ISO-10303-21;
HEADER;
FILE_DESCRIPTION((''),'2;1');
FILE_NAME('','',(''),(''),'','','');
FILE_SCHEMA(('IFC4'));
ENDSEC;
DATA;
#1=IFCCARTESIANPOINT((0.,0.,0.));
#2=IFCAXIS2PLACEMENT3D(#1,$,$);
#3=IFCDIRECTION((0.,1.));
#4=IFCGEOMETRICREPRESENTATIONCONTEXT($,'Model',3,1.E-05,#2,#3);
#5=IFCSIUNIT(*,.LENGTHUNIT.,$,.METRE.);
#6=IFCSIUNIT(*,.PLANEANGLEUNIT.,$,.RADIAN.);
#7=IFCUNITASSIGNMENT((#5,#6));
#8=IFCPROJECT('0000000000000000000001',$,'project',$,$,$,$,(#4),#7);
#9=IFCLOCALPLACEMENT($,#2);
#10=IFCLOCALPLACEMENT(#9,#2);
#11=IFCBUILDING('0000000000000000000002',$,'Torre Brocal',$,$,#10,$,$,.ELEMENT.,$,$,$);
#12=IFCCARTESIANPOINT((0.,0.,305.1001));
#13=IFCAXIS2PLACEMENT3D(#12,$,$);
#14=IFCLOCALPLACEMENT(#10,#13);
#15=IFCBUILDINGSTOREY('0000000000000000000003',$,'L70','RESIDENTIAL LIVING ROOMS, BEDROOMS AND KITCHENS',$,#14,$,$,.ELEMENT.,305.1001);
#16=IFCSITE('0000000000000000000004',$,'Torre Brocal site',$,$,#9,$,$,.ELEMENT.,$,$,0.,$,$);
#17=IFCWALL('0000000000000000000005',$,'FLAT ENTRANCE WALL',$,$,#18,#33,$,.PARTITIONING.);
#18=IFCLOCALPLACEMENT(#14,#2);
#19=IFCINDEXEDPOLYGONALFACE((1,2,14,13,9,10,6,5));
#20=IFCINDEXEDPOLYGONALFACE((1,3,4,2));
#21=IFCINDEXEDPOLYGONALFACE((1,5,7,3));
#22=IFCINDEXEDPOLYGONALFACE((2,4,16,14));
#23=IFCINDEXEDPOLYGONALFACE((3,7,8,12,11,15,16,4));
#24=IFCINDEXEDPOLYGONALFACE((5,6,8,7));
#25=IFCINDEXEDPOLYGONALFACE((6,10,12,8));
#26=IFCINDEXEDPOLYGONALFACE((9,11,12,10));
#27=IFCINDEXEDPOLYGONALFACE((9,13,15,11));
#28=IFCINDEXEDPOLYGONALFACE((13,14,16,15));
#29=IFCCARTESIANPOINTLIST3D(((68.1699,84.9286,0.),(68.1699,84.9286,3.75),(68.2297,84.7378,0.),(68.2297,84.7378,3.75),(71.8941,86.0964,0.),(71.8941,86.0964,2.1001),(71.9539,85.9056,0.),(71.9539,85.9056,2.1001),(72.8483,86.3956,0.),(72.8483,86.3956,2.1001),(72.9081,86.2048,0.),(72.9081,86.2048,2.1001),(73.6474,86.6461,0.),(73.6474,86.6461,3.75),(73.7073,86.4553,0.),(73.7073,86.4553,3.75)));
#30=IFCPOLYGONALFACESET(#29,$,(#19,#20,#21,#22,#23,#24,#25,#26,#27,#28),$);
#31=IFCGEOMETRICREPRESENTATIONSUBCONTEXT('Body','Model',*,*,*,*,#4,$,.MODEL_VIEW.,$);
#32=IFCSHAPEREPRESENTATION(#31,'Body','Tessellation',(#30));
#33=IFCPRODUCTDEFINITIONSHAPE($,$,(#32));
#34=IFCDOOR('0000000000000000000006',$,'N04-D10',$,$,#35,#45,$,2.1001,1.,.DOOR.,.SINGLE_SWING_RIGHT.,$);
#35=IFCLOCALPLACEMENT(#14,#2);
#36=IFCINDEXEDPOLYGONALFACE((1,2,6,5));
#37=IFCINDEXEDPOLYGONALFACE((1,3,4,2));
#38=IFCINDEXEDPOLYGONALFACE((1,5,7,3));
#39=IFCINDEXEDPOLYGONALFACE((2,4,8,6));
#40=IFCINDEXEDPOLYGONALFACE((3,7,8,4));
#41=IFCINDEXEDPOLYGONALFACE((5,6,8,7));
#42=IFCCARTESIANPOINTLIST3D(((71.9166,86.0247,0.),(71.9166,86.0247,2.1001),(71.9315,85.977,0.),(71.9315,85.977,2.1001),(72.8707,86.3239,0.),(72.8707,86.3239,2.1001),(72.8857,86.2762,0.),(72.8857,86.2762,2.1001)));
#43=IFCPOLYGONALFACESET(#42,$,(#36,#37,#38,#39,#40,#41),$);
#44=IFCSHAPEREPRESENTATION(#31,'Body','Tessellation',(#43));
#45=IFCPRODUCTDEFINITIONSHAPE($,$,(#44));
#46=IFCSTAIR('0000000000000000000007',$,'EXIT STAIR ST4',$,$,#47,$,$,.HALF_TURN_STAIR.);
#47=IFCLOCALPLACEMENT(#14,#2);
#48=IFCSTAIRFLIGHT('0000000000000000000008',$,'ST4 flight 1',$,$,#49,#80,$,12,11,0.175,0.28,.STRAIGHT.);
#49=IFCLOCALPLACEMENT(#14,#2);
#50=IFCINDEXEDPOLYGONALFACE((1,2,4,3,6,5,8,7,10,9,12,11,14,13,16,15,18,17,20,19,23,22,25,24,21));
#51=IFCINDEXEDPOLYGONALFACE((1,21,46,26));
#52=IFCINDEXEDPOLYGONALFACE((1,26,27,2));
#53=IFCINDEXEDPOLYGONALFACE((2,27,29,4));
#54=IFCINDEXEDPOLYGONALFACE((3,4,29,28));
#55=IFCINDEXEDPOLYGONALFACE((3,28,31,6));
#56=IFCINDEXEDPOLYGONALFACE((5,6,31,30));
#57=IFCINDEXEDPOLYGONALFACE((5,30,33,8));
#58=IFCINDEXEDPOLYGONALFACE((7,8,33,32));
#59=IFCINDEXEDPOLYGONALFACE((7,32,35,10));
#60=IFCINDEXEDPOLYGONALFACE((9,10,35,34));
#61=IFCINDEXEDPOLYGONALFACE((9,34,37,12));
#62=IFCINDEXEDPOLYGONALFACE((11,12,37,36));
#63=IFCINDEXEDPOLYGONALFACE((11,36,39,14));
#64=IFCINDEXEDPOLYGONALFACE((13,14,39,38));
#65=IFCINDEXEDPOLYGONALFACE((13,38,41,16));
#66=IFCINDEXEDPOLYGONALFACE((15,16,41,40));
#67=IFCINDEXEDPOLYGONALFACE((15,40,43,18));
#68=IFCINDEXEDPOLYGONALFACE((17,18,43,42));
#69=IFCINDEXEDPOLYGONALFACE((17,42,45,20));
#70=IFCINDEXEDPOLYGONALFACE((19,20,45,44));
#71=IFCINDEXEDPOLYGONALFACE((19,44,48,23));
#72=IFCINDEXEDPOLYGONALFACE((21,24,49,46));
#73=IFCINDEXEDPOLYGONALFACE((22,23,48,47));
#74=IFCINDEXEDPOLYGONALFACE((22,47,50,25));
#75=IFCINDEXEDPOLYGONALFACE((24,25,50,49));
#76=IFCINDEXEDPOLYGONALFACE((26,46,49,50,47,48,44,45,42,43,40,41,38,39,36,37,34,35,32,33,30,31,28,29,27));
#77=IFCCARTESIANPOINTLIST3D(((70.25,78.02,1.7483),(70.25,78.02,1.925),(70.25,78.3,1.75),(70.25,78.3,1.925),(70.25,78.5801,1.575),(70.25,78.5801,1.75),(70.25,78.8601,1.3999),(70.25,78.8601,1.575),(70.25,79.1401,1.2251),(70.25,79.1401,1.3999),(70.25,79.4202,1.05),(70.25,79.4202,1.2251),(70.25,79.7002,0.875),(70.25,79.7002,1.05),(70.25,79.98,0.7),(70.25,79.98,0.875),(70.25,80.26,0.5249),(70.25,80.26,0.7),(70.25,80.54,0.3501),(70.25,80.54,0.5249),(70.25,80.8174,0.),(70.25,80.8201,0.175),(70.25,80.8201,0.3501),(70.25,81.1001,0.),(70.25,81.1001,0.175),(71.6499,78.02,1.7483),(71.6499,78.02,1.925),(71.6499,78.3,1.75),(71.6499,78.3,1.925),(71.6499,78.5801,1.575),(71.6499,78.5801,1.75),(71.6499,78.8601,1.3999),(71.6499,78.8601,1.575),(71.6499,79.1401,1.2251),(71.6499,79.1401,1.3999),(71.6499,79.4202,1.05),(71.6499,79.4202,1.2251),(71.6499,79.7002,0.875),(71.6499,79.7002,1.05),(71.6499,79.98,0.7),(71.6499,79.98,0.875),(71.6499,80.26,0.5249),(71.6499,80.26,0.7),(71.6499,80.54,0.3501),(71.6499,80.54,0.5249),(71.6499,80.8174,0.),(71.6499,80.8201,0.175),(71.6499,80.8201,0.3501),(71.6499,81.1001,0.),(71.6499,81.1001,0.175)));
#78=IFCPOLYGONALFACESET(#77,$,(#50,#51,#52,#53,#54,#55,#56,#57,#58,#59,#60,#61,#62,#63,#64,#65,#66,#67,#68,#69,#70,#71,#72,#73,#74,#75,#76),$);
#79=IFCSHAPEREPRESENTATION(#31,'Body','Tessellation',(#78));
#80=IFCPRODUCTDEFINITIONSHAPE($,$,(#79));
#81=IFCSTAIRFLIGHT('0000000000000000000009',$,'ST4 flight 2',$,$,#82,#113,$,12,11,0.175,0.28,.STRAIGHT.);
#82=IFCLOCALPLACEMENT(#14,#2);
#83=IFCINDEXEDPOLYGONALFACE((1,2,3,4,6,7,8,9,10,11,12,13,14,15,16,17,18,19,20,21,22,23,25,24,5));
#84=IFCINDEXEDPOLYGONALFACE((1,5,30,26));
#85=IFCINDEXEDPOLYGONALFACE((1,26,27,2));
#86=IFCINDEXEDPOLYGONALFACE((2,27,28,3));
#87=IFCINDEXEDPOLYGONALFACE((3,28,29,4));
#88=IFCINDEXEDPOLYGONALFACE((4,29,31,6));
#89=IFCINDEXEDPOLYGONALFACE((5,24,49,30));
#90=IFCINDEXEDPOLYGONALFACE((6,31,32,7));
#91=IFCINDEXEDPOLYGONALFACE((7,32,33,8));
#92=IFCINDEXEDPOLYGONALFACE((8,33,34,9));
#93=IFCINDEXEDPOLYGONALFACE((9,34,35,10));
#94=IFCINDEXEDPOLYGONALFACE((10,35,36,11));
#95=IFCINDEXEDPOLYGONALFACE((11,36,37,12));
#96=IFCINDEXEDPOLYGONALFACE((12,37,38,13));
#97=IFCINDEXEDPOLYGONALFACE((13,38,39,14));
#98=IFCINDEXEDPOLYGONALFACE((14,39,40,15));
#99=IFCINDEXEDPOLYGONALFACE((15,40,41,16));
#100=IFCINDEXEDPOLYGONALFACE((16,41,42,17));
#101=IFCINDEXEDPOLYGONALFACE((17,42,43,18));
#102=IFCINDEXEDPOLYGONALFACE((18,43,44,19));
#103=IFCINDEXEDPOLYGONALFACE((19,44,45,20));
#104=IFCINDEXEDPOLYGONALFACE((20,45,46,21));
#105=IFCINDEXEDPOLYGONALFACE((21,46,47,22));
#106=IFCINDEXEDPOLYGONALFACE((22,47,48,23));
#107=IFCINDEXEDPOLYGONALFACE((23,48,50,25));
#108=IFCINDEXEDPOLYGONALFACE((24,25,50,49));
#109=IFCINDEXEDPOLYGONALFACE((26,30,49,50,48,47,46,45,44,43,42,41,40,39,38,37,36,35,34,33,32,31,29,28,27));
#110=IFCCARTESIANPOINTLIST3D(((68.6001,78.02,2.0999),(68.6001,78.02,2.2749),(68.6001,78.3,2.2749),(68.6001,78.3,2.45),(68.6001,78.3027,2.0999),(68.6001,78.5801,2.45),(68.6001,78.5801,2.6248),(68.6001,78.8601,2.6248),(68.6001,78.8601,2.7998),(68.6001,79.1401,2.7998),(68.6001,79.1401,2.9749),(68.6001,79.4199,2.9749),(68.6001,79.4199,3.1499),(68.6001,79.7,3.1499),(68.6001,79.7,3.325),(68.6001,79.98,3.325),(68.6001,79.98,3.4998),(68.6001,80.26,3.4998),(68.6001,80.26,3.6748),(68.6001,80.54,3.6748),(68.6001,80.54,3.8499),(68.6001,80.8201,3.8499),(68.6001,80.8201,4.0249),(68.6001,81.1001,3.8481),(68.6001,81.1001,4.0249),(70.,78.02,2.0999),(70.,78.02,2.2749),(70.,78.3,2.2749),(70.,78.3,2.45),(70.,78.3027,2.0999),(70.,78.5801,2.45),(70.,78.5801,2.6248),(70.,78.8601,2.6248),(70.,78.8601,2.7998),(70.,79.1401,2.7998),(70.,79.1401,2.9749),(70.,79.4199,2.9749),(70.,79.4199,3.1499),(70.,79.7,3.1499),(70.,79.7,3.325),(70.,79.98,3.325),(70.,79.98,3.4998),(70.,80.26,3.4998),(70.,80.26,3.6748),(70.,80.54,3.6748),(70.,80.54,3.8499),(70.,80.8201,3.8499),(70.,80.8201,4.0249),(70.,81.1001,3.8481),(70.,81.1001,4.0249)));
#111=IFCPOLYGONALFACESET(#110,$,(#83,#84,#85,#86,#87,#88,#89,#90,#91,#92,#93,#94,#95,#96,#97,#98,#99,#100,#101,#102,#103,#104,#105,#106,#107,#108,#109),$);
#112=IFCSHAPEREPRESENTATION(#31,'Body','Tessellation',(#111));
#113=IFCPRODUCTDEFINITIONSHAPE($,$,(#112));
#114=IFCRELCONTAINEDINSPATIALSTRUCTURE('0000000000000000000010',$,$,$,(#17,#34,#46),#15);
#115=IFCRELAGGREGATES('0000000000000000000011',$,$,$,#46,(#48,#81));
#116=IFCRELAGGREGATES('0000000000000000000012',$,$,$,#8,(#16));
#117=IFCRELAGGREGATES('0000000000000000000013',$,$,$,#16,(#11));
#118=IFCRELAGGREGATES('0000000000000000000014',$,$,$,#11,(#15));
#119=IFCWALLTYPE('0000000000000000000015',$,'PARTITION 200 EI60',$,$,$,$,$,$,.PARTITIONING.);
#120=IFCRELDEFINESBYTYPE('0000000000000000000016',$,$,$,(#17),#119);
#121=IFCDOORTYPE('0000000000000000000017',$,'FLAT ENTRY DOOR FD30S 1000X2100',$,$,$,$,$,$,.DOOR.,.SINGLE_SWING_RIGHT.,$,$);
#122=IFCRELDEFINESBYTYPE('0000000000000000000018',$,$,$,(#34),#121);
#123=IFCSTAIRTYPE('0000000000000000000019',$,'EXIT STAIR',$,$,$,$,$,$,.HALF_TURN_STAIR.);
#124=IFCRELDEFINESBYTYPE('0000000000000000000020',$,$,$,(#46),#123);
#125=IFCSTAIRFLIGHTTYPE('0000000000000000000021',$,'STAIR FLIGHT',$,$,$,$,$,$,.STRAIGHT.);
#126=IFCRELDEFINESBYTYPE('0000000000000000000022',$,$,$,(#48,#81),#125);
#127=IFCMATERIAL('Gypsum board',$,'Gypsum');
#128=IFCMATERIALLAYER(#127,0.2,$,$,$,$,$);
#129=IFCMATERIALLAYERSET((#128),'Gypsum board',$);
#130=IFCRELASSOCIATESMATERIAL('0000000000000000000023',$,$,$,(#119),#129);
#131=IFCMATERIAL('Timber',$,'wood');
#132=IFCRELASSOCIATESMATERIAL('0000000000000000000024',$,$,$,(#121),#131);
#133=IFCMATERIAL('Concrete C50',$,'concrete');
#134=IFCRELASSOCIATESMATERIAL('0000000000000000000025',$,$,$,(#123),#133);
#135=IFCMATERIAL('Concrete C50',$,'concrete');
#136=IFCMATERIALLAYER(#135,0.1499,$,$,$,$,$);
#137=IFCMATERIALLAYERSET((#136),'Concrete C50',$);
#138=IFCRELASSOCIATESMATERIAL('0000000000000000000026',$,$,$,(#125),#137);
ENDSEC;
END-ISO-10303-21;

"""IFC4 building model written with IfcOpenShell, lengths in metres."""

from ifc_helpers import new_model, si_unit, direction, frame, frame_2d, origin, place, context, subcontext, project, spatial, polyline, rectangle, outline, extrude, material, layer, layer_set, type_object, element, fill, aggregate, save


model = new_model("IFC4")

# Units and contexts
model_context = context("Model", 3, precision=1e-05, world=origin(), true_north=direction((0.0, 1.0)))
body_context = subcontext(model_context, "Body", "Model", "MODEL_VIEW")
ifc_project = project(units=[si_unit("LENGTHUNIT", "METRE"), si_unit("PLANEANGLEUNIT", "RADIAN")], contexts=[model_context])

# Site, building, storey
site_placement = place(None, origin())
site = spatial("IfcSite", under=ifc_project, at=site_placement, Name="Torre Brocal site", CompositionType="ELEMENT", RefElevation=0.0)
building_placement = place(site_placement, origin())
building = spatial("IfcBuilding", under=site, at=building_placement, Name="Torre Brocal", CompositionType="ELEMENT")
storey_placement = place(building_placement, frame((0.0, 0.0, 305.1001)))
storey = spatial("IfcBuildingStorey", under=building, at=storey_placement, Name="L70", Description="RESIDENTIAL LIVING ROOMS, BEDROOMS AND KITCHENS", CompositionType="ELEMENT", Elevation=305.1001)

# Wall, opening, door
ifc_material_1 = material(Name="Gypsum board", Category="Gypsum")
ifc_layer_1 = layer(ifc_material_1, 0.2)
ifc_layer_set_1 = layer_set([ifc_layer_1], Name="Gypsum board")
wall_type_1 = type_object("IfcWallType", Name="PARTITION 200 EI60", PredefinedType="PARTITIONING", material=ifc_layer_set_1)
wall_1_placement = place(storey_placement, frame((68.2, 84.8333, 0.0), z_axis=(0.0, 0.0, 1.0), x_axis=(0.954192, 0.299195, 0.0)))
wall_1 = element("IfcWall", 1, at=wall_1_placement, inside=storey, type_object=wall_type_1, Name="FLAT ENTRANCE WALL", PredefinedType="PARTITIONING", context=body_context, shape_type="SweptSolid", body=[
    extrude(rectangle(XDim=5.7405, YDim=0.2, at=frame_2d((2.8701, 0.0))), origin(), (0.0, 0.0, 1.0), 3.75),
])
opening_1_placement = place(wall_1_placement, frame((3.9028, 0.0, 0.0)))
opening_1 = element("IfcOpeningElement", 2, at=opening_1_placement, cuts=wall_1, PredefinedType="OPENING", context=body_context, shape_type="SweptSolid", body=[
    extrude(rectangle(XDim=1.0, YDim=2.1001, at=frame_2d((0.5, 1.05))), frame((0.0, 0.1099, 0.0), z_axis=(0.0, -1.0, 0.0), x_axis=(1.0, 0.0, 0.0)), (0.0, 0.0, 1.0), 0.22),
])
ifc_material_2 = material(Name="Timber", Category="wood")
door_type_1 = type_object("IfcDoorType", Name="FLAT ENTRY DOOR FD30S 1000X2100", OperationType="SINGLE_SWING_RIGHT", PredefinedType="DOOR", material=ifc_material_2)
door_1_placement = place(opening_1_placement, origin())
door_1 = element("IfcDoor", 3, at=door_1_placement, inside=storey, type_object=door_type_1, Name="N04-D10", OperationType="SINGLE_SWING_RIGHT", OverallHeight=2.1001, OverallWidth=1.0, PredefinedType="DOOR", context=body_context, shape_type="SweptSolid", body=[
    extrude(rectangle(XDim=1.0, YDim=2.1001, at=frame_2d((0.5, 1.05))), frame((0.0, 0.0249, 0.0), z_axis=(0.0, -1.0, 0.0), x_axis=(1.0, 0.0, 0.0)), (0.0, 0.0, 1.0), 0.05),
])
fill(opening_1, door_1)

# Stair, stair flights
ifc_material_3 = material(Name="Concrete C50", Category="concrete")
stair_type = type_object("IfcStairType", Name="EXIT STAIR", PredefinedType="HALF_TURN_STAIR", material=ifc_material_3)
stair_placement = place(storey_placement, origin())
stair = element("IfcStair", 4, at=stair_placement, inside=storey, type_object=stair_type, Name="EXIT STAIR ST4", PredefinedType="HALF_TURN_STAIR")
ifc_material_4 = material(Name="Concrete C50", Category="concrete")
ifc_layer_2 = layer(ifc_material_4, 0.1499)
ifc_layer_set_2 = layer_set([ifc_layer_2], Name="Concrete C50")
stair_flight_type = type_object("IfcStairFlightType", Name="STAIR FLIGHT", PredefinedType="STRAIGHT", material=ifc_layer_set_2)
stair_flight_1_placement = place(storey_placement, frame((70.95, 81.1001, 0.0), z_axis=(0.0, 0.0, 1.0), x_axis=(0.0, -1.0, 0.0)))
stair_flight_1 = element("IfcStairFlight", 5, at=stair_flight_1_placement, type_object=stair_flight_type, Name="ST4 flight 1", NumberOfRisers=12, NumberOfTreads=11, PredefinedType="STRAIGHT", RiserHeight=0.175, TreadLength=0.28, context=body_context, shape_type="SweptSolid", body=[
    extrude(outline(polyline([(0.0, 0.0), (0.0, 0.175), (0.28, 0.175), (0.28, 0.3501), (0.5601, 0.3501), (0.5601, 0.5249), (0.8401, 0.5249), (0.8401, 0.7), (1.1201, 0.7), (1.1201, 0.875), (1.3999, 0.875), (1.3999, 1.05), (1.6799, 1.05), (1.6799, 1.2251), (1.96, 1.2251), (1.96, 1.3999), (2.24, 1.3999), (2.24, 1.575), (2.52, 1.575), (2.52, 1.75), (2.8, 1.75), (2.8, 1.925), (3.0801, 1.925), (3.0801, 2.1001), (3.0801, 1.7483), (0.2827, 0.0), (0.0, 0.0)])), frame((0.0, 0.7, 0.0), z_axis=(0.0, -1.0, 0.0), x_axis=(1.0, 0.0, 0.0)), (0.0, 0.0, 1.0), 1.3999),
])
stair_flight_2_placement = place(storey_placement, frame((69.3, 78.02, 2.0999), z_axis=(0.0, 0.0, 1.0), x_axis=(0.0, 1.0, 0.0)))
stair_flight_2 = element("IfcStairFlight", 6, at=stair_flight_2_placement, type_object=stair_flight_type, Name="ST4 flight 2", NumberOfRisers=12, NumberOfTreads=11, PredefinedType="STRAIGHT", RiserHeight=0.175, TreadLength=0.28, context=body_context, shape_type="SweptSolid", body=[
    extrude(outline(polyline([(0.0, 0.0), (0.0, 0.175), (0.28, 0.175), (0.28, 0.3501), (0.5601, 0.3501), (0.5601, 0.5249), (0.8401, 0.5249), (0.8401, 0.7), (1.1201, 0.7), (1.1201, 0.875), (1.3999, 0.875), (1.3999, 1.05), (1.6799, 1.05), (1.6799, 1.2251), (1.96, 1.2251), (1.96, 1.3999), (2.24, 1.3999), (2.24, 1.575), (2.52, 1.575), (2.52, 1.75), (2.8, 1.75), (2.8, 1.925), (3.0801, 1.925), (3.0801, 2.1001), (3.0801, 1.7483), (0.2827, 0.0), (0.0, 0.0)])), frame((0.0, 0.7, 0.0), z_axis=(0.0, -1.0, 0.0), x_axis=(1.0, 0.0, 0.0)), (0.0, 0.0, 1.0), 1.3999),
])
aggregate(stair, [stair_flight_1, stair_flight_2])

save(model, "model.ifc")
